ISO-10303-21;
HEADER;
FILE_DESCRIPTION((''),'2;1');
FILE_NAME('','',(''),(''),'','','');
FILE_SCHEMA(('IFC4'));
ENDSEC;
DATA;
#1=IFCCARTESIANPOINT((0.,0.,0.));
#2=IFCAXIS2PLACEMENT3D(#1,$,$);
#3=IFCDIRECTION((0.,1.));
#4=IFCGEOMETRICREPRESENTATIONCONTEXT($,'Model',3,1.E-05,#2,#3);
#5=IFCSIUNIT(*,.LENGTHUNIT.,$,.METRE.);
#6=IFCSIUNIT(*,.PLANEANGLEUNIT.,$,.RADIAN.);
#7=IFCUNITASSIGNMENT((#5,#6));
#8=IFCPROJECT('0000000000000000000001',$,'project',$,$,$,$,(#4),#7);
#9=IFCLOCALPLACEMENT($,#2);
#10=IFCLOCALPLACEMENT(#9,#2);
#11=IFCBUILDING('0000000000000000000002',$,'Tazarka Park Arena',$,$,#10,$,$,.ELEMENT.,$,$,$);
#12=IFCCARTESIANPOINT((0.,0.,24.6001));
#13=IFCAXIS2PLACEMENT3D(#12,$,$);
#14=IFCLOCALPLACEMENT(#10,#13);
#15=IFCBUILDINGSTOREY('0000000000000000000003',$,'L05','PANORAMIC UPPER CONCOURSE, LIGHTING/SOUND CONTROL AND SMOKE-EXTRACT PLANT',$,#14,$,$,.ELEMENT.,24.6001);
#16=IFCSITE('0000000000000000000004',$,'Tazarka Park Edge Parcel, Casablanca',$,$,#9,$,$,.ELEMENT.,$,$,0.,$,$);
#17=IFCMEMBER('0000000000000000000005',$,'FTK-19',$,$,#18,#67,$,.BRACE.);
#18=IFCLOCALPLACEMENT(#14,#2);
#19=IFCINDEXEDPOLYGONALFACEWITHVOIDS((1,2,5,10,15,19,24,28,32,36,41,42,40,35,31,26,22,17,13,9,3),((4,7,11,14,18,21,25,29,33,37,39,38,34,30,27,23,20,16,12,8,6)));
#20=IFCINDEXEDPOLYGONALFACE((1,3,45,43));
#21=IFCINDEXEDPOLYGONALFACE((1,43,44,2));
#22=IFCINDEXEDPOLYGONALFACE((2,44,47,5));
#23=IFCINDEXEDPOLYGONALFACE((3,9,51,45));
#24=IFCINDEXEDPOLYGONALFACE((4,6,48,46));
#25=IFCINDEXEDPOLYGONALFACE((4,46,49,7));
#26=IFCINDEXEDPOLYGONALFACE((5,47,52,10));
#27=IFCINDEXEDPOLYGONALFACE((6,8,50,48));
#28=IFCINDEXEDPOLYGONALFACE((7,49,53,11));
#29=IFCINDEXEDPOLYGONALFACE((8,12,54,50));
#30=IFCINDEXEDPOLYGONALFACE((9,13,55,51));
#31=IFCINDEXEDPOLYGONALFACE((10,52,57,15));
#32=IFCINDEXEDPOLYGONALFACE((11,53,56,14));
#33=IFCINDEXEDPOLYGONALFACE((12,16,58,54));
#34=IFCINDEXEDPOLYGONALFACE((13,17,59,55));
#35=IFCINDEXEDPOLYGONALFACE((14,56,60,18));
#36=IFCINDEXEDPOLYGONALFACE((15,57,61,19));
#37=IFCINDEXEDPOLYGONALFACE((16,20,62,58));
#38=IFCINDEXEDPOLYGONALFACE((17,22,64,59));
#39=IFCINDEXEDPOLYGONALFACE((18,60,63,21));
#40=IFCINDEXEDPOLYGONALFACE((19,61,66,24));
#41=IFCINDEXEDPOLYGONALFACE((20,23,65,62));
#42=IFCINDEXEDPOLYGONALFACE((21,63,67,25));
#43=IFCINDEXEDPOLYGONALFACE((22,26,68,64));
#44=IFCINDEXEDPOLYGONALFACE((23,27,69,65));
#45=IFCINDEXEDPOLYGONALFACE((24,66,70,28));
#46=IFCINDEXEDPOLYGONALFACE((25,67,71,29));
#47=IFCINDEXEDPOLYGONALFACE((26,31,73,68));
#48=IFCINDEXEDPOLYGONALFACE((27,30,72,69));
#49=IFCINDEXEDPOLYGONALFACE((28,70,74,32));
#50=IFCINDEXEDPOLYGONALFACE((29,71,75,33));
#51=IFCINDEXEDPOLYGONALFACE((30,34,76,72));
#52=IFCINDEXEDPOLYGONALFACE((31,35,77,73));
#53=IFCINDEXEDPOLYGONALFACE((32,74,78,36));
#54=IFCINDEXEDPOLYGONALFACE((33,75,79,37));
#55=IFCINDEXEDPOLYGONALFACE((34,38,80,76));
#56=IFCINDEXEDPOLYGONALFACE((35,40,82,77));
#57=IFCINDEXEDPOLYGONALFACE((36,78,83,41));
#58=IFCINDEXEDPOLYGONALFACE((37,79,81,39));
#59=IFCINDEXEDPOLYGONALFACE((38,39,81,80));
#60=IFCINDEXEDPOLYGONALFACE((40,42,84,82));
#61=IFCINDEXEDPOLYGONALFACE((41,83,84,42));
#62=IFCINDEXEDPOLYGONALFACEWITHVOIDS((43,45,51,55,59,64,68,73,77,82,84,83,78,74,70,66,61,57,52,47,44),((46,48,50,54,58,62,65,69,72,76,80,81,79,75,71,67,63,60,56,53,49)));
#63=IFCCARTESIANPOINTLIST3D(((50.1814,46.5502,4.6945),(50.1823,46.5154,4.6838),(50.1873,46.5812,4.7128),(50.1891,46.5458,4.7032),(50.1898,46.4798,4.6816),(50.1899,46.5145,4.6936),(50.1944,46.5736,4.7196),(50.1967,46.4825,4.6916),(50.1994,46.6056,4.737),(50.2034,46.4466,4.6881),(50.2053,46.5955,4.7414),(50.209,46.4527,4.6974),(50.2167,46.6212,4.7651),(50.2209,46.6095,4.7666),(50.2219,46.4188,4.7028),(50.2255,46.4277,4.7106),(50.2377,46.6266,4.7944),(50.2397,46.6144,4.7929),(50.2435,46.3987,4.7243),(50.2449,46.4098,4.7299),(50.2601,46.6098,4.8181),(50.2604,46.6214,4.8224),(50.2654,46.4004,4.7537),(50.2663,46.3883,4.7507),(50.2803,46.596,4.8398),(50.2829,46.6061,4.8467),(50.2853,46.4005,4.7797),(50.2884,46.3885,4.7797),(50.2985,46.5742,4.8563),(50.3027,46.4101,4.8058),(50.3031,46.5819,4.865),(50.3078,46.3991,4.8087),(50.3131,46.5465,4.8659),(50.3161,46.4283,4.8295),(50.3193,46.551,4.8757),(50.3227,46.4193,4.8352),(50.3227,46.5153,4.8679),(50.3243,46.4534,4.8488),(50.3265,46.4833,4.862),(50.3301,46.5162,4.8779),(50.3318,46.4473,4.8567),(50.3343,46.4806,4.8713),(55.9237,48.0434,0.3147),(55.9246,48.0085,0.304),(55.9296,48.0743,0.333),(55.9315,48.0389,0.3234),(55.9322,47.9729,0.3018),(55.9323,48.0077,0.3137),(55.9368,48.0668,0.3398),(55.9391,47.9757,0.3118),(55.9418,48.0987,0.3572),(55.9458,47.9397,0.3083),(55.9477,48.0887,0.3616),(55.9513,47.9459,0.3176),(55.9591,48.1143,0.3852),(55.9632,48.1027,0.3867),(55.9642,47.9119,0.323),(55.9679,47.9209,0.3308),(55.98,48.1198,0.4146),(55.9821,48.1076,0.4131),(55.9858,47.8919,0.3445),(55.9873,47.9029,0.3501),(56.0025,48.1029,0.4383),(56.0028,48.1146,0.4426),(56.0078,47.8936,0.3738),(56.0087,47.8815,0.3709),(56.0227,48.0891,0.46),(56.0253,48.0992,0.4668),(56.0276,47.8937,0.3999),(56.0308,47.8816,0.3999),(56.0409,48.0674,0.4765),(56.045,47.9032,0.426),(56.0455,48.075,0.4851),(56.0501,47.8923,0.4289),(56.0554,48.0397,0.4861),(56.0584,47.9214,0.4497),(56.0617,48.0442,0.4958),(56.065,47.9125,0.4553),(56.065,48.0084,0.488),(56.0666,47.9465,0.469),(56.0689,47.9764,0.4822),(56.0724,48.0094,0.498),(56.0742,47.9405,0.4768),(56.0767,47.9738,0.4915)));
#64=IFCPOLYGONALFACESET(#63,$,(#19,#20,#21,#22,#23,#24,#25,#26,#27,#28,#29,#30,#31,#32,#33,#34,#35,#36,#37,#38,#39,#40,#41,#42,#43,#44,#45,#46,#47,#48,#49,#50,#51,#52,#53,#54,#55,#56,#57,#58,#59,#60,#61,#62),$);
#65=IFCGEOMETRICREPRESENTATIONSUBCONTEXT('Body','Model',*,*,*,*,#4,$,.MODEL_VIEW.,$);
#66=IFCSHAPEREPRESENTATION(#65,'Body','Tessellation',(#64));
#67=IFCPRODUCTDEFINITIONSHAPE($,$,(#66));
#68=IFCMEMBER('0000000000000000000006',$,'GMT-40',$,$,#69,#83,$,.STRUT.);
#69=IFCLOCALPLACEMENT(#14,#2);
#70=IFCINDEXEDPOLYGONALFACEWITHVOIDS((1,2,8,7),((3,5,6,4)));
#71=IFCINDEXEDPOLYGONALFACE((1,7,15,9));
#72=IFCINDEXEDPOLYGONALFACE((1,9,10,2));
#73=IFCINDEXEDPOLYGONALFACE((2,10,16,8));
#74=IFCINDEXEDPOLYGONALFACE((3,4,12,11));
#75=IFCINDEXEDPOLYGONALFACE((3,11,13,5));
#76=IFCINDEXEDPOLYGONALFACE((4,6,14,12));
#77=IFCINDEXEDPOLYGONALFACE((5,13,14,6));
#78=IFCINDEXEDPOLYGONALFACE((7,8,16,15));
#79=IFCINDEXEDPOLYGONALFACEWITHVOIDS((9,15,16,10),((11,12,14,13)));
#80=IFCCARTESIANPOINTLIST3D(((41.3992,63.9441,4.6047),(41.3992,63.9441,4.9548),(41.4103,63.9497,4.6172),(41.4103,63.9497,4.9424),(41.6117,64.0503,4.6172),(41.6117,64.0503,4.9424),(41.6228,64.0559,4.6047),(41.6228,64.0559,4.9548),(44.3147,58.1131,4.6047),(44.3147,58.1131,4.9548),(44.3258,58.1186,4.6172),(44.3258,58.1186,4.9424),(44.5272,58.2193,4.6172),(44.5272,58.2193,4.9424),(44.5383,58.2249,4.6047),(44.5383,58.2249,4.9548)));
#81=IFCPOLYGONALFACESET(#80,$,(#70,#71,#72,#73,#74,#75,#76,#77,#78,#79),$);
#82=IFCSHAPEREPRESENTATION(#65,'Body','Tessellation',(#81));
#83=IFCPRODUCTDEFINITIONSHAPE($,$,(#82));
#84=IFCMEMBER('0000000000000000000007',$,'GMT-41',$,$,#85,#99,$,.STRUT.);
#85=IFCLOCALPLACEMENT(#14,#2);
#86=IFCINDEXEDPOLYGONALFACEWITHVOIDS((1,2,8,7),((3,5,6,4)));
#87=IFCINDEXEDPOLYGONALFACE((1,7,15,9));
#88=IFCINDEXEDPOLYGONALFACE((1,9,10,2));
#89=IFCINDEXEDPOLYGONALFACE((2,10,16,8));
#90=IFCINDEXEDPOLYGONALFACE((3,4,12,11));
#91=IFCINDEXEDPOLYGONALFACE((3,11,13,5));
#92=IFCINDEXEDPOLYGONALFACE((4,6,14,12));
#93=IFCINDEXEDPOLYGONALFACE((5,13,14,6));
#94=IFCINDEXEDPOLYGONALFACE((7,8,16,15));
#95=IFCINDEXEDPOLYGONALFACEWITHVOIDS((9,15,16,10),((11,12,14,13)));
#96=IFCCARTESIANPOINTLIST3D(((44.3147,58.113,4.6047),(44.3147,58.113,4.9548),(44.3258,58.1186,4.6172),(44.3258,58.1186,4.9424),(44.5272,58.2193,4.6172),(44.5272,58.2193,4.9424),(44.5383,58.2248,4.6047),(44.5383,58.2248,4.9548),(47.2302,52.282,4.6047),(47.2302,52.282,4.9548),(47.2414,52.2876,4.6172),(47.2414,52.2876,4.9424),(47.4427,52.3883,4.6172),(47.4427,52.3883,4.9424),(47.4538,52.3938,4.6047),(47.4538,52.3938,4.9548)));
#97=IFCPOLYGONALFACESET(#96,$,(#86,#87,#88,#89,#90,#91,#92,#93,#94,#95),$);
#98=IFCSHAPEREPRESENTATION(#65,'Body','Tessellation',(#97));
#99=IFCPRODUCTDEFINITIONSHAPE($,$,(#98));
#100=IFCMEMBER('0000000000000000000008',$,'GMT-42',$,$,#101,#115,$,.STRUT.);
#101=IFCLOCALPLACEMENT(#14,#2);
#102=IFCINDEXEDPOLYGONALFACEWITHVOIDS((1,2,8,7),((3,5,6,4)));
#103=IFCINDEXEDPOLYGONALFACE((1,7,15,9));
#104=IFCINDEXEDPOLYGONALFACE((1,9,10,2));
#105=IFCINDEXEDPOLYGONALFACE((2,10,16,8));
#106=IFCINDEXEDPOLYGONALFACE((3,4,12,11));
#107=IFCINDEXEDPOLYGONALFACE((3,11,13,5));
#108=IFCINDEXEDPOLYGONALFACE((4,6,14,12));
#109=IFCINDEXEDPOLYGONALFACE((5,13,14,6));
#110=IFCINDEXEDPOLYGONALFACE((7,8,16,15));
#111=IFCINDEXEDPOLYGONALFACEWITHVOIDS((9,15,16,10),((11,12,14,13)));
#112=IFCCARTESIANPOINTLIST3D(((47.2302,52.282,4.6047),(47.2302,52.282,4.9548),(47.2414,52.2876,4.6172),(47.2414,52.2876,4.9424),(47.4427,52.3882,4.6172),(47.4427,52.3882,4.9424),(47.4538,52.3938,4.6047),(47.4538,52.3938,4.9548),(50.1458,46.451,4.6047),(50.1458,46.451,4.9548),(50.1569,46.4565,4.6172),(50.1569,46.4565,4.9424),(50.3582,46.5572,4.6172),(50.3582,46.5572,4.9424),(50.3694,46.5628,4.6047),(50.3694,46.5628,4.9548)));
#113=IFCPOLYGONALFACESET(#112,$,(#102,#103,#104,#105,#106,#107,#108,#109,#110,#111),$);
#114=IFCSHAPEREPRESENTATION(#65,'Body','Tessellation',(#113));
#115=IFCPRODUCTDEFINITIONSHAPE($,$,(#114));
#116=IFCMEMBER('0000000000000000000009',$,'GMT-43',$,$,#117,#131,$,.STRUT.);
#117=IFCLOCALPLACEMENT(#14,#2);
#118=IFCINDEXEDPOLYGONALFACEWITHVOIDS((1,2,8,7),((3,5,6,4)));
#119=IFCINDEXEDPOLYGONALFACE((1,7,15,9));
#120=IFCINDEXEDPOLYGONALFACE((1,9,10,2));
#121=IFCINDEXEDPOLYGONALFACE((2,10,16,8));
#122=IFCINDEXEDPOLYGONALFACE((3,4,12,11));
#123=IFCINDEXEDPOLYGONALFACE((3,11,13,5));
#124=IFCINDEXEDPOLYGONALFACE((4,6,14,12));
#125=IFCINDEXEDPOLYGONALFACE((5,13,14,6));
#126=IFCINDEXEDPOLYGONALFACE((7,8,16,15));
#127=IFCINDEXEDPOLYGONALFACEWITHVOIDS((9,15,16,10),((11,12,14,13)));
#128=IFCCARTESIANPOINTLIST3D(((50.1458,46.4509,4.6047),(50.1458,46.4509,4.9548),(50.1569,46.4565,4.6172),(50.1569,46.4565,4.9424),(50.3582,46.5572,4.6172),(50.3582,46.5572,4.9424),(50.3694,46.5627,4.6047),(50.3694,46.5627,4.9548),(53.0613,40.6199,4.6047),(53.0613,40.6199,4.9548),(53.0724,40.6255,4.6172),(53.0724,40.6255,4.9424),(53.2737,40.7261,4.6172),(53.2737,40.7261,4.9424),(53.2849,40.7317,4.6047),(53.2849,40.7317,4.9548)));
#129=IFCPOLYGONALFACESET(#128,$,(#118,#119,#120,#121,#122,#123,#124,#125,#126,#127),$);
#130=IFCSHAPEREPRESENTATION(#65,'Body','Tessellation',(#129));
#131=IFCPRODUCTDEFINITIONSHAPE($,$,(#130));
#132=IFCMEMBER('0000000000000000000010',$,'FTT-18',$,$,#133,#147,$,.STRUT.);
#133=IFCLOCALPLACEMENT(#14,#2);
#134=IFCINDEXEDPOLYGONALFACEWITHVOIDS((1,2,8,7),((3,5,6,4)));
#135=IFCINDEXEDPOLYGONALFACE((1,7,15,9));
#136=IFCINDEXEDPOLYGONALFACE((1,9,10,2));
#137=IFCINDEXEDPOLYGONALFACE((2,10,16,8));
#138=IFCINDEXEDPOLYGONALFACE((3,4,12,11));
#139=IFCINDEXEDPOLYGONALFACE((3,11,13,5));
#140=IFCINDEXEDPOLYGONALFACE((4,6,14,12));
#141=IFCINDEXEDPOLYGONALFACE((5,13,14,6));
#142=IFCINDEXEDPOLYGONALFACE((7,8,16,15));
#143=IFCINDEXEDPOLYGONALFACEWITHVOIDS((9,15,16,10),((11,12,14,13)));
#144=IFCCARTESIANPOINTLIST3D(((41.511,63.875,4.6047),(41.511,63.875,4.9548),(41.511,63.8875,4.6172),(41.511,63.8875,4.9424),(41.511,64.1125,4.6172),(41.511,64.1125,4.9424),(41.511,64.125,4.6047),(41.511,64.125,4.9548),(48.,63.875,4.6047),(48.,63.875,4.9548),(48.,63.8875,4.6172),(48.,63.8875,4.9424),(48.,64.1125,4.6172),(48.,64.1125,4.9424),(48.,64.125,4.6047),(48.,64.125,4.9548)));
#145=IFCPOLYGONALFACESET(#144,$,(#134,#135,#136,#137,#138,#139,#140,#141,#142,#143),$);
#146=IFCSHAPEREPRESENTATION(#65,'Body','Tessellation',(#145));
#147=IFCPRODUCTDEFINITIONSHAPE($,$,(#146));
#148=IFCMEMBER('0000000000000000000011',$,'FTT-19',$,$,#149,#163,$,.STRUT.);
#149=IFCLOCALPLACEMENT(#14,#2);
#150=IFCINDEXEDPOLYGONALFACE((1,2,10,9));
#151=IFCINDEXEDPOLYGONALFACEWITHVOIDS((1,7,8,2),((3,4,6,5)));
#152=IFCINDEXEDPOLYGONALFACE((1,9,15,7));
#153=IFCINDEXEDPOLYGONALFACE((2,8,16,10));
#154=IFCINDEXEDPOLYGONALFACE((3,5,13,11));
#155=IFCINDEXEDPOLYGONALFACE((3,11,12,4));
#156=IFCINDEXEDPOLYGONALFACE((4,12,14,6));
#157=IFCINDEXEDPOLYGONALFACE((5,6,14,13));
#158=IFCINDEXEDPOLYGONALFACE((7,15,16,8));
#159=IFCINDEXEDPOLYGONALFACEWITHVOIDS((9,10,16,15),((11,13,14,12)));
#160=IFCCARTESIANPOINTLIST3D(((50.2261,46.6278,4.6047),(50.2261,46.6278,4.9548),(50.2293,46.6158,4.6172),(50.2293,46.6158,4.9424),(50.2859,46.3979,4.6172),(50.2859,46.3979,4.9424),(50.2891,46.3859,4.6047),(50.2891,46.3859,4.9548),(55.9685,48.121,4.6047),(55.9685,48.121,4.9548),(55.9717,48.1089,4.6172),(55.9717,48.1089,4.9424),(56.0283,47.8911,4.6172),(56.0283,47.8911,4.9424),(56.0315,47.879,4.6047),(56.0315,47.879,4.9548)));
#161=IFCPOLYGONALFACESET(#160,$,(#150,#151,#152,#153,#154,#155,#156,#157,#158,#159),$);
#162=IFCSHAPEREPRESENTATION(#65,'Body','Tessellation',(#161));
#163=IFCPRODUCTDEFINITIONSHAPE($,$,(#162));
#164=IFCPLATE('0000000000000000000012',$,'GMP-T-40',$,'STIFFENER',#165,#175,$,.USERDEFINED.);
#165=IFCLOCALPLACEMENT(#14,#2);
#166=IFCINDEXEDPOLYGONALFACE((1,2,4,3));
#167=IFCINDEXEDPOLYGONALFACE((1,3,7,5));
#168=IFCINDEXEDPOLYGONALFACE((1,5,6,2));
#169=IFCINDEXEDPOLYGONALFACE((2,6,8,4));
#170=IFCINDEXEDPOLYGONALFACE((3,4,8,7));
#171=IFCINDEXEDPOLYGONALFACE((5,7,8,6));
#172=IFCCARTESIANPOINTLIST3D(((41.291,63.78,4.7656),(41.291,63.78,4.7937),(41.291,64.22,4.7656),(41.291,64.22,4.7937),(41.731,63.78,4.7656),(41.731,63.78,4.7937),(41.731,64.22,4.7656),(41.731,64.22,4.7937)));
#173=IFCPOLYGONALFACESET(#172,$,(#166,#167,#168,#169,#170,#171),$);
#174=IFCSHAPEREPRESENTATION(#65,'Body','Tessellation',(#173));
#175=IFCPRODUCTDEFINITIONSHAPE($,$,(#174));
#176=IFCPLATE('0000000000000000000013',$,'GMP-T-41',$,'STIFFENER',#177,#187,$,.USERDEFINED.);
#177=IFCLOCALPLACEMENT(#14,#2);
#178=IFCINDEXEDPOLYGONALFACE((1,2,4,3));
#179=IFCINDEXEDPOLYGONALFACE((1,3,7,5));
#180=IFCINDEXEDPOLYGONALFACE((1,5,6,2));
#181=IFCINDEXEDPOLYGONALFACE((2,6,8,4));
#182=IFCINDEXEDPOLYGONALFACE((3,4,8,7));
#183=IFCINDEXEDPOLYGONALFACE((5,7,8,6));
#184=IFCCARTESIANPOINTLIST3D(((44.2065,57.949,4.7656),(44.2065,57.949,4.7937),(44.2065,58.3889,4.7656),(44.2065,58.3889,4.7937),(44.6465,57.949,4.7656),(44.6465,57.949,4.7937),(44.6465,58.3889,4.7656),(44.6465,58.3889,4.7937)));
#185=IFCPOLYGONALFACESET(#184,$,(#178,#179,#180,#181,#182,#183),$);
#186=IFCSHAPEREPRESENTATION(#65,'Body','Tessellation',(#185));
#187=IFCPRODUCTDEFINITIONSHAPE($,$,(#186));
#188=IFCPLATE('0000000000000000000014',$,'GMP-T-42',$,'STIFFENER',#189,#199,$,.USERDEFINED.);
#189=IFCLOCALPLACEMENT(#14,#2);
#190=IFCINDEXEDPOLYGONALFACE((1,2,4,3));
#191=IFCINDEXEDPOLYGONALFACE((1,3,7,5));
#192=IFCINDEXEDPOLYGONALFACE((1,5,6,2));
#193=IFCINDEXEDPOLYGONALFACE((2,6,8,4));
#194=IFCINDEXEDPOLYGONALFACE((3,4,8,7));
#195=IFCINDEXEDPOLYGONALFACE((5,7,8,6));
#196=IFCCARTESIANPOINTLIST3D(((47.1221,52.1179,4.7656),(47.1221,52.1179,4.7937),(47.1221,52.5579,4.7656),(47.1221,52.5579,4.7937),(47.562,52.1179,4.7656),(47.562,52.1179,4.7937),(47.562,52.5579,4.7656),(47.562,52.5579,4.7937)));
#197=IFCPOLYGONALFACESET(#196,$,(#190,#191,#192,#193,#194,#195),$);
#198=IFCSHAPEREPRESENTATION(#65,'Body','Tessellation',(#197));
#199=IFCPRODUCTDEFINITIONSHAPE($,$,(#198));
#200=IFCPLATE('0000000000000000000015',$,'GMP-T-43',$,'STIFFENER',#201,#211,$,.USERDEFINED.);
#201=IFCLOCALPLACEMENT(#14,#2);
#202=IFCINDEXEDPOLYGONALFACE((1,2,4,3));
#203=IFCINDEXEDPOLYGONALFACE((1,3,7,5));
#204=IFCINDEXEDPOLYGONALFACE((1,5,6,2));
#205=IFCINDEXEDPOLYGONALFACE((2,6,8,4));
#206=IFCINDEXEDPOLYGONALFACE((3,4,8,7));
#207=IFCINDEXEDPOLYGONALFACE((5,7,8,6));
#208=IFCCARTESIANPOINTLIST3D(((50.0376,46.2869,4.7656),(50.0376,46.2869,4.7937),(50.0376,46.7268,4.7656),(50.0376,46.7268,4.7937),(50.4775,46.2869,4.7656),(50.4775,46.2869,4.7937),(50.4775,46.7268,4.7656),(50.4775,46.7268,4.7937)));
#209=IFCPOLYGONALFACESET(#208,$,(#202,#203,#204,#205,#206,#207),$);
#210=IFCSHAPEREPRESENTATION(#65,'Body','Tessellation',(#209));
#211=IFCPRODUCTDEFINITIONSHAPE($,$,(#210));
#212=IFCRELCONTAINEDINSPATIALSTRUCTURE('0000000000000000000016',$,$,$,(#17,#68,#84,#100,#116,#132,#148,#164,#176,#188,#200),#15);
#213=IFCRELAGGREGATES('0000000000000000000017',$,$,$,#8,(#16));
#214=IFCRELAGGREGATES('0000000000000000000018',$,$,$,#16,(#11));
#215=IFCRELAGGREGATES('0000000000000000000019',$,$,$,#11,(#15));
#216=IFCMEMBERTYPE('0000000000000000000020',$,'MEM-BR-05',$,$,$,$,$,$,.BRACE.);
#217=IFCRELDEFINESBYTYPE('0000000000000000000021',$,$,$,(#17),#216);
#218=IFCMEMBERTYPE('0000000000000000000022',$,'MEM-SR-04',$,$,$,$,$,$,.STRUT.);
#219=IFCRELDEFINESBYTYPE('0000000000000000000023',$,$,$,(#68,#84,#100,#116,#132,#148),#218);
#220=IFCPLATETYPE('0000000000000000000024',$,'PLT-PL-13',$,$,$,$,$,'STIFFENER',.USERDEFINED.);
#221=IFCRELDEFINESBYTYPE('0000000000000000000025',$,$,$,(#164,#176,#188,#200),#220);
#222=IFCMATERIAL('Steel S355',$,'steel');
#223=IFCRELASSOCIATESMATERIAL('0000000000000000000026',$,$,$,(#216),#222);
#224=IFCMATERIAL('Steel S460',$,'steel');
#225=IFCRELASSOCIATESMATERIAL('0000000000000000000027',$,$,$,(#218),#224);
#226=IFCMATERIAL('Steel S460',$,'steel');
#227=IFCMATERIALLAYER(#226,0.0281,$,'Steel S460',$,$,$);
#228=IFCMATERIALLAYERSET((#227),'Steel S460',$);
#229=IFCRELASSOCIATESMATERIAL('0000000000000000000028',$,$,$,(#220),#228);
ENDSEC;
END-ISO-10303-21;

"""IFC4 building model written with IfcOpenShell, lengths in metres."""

from ifc_helpers import new_model, si_unit, direction, frame, origin, origin_2d, place, context, subcontext, project, spatial, rectangle, hollow_rectangle, hollow_circle, extrude, material, layer, layer_set, material_profile, profile_set, type_object, element, save


model = new_model("IFC4")

# Units and contexts
model_context = context("Model", 3, precision=1e-05, world=origin(), true_north=direction((0.0, 1.0)))
body_context = subcontext(model_context, "Body", "Model", "MODEL_VIEW")
ifc_project = project(units=[si_unit("LENGTHUNIT", "METRE"), si_unit("PLANEANGLEUNIT", "RADIAN")], contexts=[model_context])

# Site, building, storey
site_placement = place(None, origin())
site = spatial("IfcSite", under=ifc_project, at=site_placement, Name="Tazarka Park Edge Parcel, Casablanca", CompositionType="ELEMENT", RefElevation=0.0)
building_placement = place(site_placement, origin())
building = spatial("IfcBuilding", under=site, at=building_placement, Name="Tazarka Park Arena", CompositionType="ELEMENT")
storey_placement = place(building_placement, frame((0.0, 0.0, 24.6001)))
storey = spatial("IfcBuildingStorey", under=building, at=storey_placement, Name="L05", Description="PANORAMIC UPPER CONCOURSE, LIGHTING/SOUND CONTROL AND SMOKE-EXTRACT PLANT", CompositionType="ELEMENT", Elevation=24.6001)

# Members
ifc_material_1 = material(Name="Steel S355", Category="steel")
ifc_material_profile_1 = material_profile(ifc_material_1, hollow_circle(Radius=0.1223, WallThickness=0.0125, at=origin_2d()), Name="Steel S355")
ifc_profile_set_1 = profile_set([ifc_material_profile_1], Name="Steel S355")
member_type_1 = type_object("IfcMemberType", Name="MEM-BR-05", PredefinedType="BRACE", material=ifc_profile_set_1)
member_1_placement = place(storey_placement, frame((56.0, 48.0, 0.3999), z_axis=(-0.77865, -0.202467, 0.593894), x_axis=(0.251655, -0.967817, 0.0)))
element("IfcMember", 1, at=member_1_placement, inside=storey, type_object=member_type_1, Name="FTK-19", PredefinedType="BRACE", context=body_context, shape_type="SweptSolid", body=[
    extrude(hollow_circle(Radius=0.1223, WallThickness=0.0125, at=origin_2d()), origin(), (0.0, 0.0, 1.0), 7.3748),
])
ifc_material_2 = material(Name="Steel S460", Category="steel")
ifc_material_profile_2 = material_profile(ifc_material_2, hollow_rectangle(XDim=0.25, YDim=0.3501, WallThickness=0.0125, at=origin_2d()), Name="Steel S460")
ifc_profile_set_2 = profile_set([ifc_material_profile_2], Name="Steel S460")
member_type_2 = type_object("IfcMemberType", Name="MEM-SR-04", PredefinedType="STRUT", material=ifc_profile_set_2)
for number, where, z_axis, x_axis, name in (
    (2, (41.511, 64.0, 4.7798), (0.447214, -0.894427, 0.0), (0.894427, 0.447214, 0.0), "GMT-40"),
    (3, (44.4265, 58.1689, 4.7798), (0.447214, -0.894427, 0.0), (0.894427, 0.447214, 0.0), "GMT-41"),
    (4, (47.342, 52.3379, 4.7798), (0.447214, -0.894427, 0.0), (0.894427, 0.447214, 0.0), "GMT-42"),
    (5, (50.2576, 46.5068, 4.7798), (0.447214, -0.894427, 0.0), (0.894427, 0.447214, 0.0), "GMT-43"),
):
    element("IfcMember", number, at=place(storey_placement, frame(where, z_axis=z_axis, x_axis=x_axis)), inside=storey, type_object=member_type_2, Name=name, PredefinedType="STRUT", context=body_context, shape_type="SweptSolid", body=[
        extrude(hollow_rectangle(XDim=0.25, YDim=0.3501, WallThickness=0.0125, at=origin_2d()), origin(), (0.0, 0.0, 1.0), 6.5193),
    ])
member_2_placement = place(storey_placement, frame((48.0, 64.0, 4.7798), z_axis=(-1.0, 0.0, 0.0), x_axis=(0.0, -1.0, 0.0)))
element("IfcMember", 6, at=member_2_placement, inside=storey, type_object=member_type_2, Name="FTT-18", PredefinedType="STRUT", context=body_context, shape_type="SweptSolid", body=[
    extrude(hollow_rectangle(XDim=0.25, YDim=0.3501, WallThickness=0.0125, at=origin_2d()), origin(), (0.0, 0.0, 1.0), 6.489),
])
member_3_placement = place(storey_placement, frame((56.0, 48.0, 4.7798), z_axis=(-0.967817, -0.251655, 0.0), x_axis=(0.251655, -0.967817, 0.0)))
element("IfcMember", 7, at=member_3_placement, inside=storey, type_object=member_type_2, Name="FTT-19", PredefinedType="STRUT", context=body_context, shape_type="SweptSolid", body=[
    extrude(hollow_rectangle(XDim=0.25, YDim=0.3501, WallThickness=0.0125, at=origin_2d()), origin(), (0.0, 0.0, 1.0), 5.9333),
])

# Plates
ifc_material_3 = material(Name="Steel S460", Category="steel")
ifc_layer_1 = layer(ifc_material_3, 0.0281, Name="Steel S460")
ifc_layer_set_1 = layer_set([ifc_layer_1], Name="Steel S460")
plate_type = type_object("IfcPlateType", Name="PLT-PL-13", ElementType="STIFFENER", PredefinedType="USERDEFINED", material=ifc_layer_set_1)
for number, where, z_axis, x_axis, name in (
    (8, (41.511, 64.0, 4.7656), (0.0, 0.0, 1.0), (1.0, 0.0, 0.0), "GMP-T-40"),
    (9, (44.4265, 58.1689, 4.7656), (0.0, 0.0, 1.0), (1.0, 0.0, 0.0), "GMP-T-41"),
    (10, (47.342, 52.3379, 4.7656), (0.0, 0.0, 1.0), (1.0, 0.0, 0.0), "GMP-T-42"),
    (11, (50.2576, 46.5068, 4.7656), (0.0, 0.0, 1.0), (1.0, 0.0, 0.0), "GMP-T-43"),
):
    element("IfcPlate", number, at=place(storey_placement, frame(where, z_axis=z_axis, x_axis=x_axis)), inside=storey, type_object=plate_type, Name=name, ObjectType="STIFFENER", PredefinedType="USERDEFINED", context=body_context, shape_type="SweptSolid", body=[
        extrude(rectangle(XDim=0.4399, YDim=0.4399, at=origin_2d()), origin(), (0.0, 0.0, 1.0), 0.0281),
    ])

save(model, "model.ifc")
